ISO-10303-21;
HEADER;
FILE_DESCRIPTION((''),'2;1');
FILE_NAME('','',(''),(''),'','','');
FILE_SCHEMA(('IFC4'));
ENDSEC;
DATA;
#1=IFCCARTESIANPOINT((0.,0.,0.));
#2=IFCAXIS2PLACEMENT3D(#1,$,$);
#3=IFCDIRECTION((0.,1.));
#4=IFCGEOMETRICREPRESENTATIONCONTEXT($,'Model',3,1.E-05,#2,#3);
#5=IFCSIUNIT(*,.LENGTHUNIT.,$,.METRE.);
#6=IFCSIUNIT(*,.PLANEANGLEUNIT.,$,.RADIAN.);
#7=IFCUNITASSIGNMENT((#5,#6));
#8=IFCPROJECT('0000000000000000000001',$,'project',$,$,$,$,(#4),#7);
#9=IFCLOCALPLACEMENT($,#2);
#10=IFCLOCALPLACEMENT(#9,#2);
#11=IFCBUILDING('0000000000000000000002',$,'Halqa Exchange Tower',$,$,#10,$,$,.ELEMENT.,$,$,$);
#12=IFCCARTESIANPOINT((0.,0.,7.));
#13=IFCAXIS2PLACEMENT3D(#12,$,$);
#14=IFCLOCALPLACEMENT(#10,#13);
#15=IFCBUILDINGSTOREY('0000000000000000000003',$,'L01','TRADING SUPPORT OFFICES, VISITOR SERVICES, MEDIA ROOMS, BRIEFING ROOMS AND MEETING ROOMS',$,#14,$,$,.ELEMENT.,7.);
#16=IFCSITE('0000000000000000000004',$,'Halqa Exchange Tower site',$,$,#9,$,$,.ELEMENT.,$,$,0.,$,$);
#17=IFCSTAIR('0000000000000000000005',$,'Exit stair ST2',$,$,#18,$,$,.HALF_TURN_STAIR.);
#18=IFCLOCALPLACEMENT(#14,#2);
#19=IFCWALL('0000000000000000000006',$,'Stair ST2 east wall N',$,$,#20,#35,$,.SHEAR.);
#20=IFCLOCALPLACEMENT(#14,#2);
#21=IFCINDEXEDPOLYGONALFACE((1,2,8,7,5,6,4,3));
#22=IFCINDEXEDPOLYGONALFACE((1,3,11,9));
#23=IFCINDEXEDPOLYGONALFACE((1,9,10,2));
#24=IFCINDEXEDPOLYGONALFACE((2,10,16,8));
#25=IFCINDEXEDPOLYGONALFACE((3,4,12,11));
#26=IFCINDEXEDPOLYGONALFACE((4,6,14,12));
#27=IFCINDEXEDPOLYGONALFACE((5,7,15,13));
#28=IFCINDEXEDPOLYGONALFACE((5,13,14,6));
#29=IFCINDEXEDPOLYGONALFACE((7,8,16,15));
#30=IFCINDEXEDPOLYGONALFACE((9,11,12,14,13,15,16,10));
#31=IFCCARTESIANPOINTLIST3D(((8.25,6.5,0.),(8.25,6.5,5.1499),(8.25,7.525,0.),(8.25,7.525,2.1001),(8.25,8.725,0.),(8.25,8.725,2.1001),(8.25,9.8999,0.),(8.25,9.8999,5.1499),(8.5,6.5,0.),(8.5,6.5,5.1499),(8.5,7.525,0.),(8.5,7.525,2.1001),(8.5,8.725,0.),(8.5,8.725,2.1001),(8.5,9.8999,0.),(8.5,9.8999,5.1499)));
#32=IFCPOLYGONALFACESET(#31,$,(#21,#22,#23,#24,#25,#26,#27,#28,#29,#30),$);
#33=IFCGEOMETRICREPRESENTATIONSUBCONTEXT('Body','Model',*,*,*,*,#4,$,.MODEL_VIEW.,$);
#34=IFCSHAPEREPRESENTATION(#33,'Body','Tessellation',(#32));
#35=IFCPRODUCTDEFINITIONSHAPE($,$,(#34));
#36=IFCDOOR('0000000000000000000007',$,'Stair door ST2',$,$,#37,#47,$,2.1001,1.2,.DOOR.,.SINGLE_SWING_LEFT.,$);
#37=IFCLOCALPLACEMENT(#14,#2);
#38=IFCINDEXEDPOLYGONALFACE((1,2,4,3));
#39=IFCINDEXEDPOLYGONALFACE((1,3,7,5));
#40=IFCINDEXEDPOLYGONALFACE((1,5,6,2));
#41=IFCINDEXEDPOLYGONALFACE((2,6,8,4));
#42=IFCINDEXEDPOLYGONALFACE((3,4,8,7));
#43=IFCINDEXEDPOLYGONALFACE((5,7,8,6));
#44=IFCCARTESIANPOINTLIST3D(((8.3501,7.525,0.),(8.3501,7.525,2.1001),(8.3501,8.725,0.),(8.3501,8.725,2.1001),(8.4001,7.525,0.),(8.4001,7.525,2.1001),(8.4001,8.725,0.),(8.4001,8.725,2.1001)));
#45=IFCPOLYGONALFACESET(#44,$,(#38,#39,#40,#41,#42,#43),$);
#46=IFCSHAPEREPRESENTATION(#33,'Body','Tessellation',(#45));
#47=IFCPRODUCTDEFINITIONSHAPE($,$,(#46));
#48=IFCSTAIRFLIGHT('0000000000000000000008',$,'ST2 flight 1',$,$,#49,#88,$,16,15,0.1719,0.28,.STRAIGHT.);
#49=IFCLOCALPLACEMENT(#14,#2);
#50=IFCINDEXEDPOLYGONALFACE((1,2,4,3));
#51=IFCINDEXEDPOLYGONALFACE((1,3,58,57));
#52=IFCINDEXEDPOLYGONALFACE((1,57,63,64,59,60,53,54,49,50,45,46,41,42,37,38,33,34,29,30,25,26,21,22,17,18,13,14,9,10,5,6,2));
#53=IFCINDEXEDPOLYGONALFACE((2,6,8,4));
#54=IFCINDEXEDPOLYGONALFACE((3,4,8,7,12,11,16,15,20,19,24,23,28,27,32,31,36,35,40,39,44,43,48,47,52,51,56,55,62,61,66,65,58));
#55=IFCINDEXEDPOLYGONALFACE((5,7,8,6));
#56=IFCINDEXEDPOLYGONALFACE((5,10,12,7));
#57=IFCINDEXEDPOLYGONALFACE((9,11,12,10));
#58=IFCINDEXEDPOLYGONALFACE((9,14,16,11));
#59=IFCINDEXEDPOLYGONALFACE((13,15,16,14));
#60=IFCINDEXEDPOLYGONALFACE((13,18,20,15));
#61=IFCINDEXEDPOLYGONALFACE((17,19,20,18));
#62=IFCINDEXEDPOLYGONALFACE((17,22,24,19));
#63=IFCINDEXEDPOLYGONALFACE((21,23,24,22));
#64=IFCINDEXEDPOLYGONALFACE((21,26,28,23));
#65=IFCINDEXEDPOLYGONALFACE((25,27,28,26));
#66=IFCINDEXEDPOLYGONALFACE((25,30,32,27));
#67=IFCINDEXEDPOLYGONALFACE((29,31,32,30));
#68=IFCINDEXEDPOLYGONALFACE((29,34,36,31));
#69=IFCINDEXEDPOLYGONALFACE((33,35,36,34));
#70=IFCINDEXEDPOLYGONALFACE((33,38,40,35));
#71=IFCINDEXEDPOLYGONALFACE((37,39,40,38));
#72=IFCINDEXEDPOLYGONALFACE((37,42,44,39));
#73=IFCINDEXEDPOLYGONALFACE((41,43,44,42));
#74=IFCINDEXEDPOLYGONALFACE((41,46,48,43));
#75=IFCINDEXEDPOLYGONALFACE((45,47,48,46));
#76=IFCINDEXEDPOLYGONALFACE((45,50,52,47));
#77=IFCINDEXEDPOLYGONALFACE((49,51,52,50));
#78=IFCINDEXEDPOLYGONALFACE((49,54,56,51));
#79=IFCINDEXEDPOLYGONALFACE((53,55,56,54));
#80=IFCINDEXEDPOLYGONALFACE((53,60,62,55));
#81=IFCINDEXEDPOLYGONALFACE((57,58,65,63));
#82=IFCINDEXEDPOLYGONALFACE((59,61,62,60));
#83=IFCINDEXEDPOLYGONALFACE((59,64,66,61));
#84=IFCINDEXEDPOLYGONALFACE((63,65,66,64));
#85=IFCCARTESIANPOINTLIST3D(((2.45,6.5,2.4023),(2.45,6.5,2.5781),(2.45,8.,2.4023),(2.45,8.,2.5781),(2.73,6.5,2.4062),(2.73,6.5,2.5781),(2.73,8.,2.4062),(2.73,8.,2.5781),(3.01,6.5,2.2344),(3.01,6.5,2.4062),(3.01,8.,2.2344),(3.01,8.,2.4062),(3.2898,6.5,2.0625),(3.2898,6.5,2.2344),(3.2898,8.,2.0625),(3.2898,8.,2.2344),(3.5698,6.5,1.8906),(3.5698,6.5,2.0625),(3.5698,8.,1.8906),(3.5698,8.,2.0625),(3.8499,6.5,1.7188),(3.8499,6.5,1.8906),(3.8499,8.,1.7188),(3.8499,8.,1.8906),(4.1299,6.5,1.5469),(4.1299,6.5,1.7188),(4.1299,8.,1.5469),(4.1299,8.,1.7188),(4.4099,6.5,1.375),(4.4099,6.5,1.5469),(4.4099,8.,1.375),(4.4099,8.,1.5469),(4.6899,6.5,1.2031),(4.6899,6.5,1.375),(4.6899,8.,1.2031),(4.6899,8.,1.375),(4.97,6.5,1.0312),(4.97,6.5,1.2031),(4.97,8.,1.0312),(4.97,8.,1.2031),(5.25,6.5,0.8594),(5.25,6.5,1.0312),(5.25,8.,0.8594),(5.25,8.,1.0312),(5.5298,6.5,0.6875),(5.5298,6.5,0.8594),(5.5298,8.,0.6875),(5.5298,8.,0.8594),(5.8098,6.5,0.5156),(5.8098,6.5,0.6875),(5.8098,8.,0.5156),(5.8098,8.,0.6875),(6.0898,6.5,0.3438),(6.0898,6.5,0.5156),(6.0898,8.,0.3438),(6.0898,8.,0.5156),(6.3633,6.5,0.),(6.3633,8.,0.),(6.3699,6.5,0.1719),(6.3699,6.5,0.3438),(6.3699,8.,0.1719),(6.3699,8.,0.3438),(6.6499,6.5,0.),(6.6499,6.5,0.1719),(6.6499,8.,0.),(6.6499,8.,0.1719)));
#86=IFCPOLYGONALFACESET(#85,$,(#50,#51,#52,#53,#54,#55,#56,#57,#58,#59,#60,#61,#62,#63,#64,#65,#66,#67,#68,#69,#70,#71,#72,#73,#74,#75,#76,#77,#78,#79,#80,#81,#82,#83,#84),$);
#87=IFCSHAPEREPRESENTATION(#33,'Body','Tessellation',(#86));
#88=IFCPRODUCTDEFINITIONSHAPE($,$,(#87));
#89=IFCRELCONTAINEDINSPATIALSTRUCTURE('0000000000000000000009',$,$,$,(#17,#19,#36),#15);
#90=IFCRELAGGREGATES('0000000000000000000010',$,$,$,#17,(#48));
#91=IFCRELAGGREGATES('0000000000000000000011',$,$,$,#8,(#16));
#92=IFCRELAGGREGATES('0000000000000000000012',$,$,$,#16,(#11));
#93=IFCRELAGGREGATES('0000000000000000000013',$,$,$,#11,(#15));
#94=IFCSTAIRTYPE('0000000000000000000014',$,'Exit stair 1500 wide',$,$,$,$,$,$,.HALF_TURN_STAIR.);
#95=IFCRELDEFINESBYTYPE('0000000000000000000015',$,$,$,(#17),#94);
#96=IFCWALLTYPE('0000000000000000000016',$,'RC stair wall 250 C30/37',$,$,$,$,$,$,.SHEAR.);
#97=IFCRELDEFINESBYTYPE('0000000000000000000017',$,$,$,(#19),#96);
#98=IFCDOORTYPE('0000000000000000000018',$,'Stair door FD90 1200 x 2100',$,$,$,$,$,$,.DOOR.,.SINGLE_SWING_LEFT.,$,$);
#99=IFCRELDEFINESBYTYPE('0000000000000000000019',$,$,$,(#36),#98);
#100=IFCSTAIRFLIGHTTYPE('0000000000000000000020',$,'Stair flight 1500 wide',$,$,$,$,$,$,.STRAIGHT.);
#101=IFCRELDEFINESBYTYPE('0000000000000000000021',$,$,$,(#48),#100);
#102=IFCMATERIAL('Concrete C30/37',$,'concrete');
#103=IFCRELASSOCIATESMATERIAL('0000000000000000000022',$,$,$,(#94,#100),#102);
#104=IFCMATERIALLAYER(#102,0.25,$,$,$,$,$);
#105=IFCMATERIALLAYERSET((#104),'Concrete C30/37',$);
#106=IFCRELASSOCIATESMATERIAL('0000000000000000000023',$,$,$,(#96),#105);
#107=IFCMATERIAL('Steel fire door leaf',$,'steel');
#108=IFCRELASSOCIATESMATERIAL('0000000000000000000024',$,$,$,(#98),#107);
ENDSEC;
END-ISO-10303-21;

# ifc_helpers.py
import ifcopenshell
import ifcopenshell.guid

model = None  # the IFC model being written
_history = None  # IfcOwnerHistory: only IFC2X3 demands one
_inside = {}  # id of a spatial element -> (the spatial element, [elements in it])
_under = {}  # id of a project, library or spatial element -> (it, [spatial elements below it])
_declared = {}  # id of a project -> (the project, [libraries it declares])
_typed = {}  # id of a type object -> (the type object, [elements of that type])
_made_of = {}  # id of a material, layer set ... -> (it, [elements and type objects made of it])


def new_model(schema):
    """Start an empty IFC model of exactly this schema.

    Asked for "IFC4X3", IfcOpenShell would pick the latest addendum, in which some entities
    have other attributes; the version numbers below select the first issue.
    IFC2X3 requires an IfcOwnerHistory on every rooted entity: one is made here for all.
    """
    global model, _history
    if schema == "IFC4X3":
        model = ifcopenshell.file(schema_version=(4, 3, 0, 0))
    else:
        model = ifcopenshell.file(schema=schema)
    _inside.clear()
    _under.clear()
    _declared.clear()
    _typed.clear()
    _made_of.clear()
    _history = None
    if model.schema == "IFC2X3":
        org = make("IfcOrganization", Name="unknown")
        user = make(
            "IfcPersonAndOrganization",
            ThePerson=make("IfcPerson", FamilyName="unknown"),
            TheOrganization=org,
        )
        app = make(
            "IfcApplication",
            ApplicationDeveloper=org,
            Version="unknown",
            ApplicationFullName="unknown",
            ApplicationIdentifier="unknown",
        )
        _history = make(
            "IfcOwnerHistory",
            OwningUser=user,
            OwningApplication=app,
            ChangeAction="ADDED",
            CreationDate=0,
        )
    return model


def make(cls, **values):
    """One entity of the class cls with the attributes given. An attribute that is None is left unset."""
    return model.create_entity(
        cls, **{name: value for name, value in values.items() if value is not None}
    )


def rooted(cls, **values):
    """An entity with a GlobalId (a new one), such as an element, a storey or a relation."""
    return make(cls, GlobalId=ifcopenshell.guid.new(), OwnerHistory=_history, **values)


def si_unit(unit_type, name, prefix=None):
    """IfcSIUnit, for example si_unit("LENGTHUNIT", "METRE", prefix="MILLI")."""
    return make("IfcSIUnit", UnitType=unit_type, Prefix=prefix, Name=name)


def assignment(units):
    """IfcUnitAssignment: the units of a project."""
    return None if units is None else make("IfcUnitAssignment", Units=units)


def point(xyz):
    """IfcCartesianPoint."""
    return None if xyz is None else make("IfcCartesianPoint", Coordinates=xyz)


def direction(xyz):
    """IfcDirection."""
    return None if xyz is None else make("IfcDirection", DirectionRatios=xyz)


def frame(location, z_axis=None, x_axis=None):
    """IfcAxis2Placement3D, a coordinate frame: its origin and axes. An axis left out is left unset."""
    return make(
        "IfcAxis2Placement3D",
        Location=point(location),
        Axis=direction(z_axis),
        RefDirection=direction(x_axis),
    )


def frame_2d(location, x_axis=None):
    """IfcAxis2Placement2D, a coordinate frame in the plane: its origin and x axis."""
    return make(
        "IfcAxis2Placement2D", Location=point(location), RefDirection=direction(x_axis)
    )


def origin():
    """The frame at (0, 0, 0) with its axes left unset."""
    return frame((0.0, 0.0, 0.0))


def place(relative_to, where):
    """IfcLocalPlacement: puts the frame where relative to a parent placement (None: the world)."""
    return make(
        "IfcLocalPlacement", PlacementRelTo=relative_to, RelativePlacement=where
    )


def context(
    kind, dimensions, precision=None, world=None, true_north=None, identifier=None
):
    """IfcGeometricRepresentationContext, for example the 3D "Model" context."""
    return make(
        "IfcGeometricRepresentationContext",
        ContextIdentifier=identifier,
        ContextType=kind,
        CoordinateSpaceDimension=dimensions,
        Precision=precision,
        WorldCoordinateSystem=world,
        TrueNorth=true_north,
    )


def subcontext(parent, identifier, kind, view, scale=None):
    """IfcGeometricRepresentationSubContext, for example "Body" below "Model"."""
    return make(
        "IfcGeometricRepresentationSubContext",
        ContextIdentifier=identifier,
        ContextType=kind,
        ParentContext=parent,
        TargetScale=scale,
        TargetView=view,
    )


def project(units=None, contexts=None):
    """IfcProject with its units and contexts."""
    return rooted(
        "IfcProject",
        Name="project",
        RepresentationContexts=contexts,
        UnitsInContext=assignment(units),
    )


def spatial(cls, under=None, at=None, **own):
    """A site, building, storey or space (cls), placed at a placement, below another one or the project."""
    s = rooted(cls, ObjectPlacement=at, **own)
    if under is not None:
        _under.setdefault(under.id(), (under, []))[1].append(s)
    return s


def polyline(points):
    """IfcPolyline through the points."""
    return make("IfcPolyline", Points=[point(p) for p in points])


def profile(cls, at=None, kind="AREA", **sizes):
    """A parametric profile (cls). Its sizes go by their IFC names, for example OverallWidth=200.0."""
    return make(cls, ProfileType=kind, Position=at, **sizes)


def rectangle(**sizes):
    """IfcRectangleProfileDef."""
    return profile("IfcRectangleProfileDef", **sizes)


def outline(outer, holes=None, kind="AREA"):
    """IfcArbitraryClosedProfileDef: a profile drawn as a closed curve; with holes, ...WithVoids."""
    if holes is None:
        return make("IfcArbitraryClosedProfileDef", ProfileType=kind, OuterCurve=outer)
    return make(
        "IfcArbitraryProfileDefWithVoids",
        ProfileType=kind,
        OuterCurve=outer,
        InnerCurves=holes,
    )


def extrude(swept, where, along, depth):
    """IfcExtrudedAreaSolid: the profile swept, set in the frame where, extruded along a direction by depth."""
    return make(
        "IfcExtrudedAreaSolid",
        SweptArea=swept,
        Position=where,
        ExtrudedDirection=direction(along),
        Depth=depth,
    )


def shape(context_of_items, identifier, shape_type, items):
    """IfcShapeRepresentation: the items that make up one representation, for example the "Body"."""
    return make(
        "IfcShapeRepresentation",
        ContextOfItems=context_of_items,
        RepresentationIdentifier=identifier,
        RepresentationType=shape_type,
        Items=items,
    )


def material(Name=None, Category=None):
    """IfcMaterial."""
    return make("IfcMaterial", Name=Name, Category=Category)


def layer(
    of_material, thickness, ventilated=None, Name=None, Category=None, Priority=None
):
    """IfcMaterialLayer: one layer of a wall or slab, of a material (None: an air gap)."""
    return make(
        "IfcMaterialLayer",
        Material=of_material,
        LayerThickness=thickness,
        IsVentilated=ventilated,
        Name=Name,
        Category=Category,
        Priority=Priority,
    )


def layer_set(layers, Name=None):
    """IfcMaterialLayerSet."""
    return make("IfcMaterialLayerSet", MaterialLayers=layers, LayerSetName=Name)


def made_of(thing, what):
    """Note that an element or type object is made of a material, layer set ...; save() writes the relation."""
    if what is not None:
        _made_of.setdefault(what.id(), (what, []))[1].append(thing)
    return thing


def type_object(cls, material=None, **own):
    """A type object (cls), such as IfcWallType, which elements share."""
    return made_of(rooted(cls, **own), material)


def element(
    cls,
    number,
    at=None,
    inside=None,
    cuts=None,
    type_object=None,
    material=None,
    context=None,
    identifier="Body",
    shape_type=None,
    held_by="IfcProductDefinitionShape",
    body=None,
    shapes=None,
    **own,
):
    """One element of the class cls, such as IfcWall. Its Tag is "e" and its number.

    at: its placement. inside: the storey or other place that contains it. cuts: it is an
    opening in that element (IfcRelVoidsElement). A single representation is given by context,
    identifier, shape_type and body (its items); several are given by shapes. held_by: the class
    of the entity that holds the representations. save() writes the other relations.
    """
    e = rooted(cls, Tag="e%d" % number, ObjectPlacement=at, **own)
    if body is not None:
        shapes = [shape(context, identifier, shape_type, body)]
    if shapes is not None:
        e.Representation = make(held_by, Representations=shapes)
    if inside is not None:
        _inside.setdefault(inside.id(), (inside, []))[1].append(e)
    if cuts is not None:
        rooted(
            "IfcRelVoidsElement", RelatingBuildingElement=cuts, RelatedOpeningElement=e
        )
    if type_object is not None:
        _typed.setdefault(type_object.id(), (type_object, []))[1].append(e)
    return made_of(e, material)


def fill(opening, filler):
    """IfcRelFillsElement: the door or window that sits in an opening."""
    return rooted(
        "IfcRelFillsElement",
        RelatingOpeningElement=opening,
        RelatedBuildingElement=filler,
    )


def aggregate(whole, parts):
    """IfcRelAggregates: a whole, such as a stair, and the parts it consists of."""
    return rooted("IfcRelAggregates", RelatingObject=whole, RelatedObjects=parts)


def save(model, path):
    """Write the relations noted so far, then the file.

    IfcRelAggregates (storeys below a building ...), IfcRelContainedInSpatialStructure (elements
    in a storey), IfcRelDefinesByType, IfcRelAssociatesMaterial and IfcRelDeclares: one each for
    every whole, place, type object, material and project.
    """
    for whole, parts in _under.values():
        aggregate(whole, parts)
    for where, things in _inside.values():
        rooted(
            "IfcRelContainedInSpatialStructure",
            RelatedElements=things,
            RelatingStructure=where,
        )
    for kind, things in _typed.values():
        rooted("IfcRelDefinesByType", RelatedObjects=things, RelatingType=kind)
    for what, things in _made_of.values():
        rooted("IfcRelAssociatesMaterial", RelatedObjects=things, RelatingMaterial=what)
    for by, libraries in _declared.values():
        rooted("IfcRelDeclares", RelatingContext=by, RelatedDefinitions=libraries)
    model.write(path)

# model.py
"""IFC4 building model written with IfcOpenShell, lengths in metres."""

from ifc_helpers import new_model, si_unit, direction, frame, frame_2d, origin, place, context, subcontext, project, spatial, polyline, rectangle, outline, extrude, material, layer, layer_set, type_object, element, fill, aggregate, save


model = new_model("IFC4")

# Units and contexts
model_context = context("Model", 3, precision=1e-05, world=origin(), true_north=direction((0.0, 1.0)))
body_context = subcontext(model_context, "Body", "Model", "MODEL_VIEW")
ifc_project = project(units=[si_unit("LENGTHUNIT", "METRE"), si_unit("PLANEANGLEUNIT", "RADIAN")], contexts=[model_context])

# Site, building, storey
site_placement = place(None, origin())
site = spatial("IfcSite", under=ifc_project, at=site_placement, Name="Halqa Exchange Tower site", CompositionType="ELEMENT", RefElevation=0.0)
building_placement = place(site_placement, origin())
building = spatial("IfcBuilding", under=site, at=building_placement, Name="Halqa Exchange Tower", CompositionType="ELEMENT")
storey_placement = place(building_placement, frame((0.0, 0.0, 7.0)))
storey = spatial("IfcBuildingStorey", under=building, at=storey_placement, Name="L01", Description="TRADING SUPPORT OFFICES, VISITOR SERVICES, MEDIA ROOMS, BRIEFING ROOMS AND MEETING ROOMS", CompositionType="ELEMENT", Elevation=7.0)

# Stair
ifc_material_1 = material(Name="Concrete C30/37", Category="concrete")
stair_type_1 = type_object("IfcStairType", Name="Exit stair 1500 wide", PredefinedType="HALF_TURN_STAIR", material=ifc_material_1)
stair_1_placement = place(storey_placement, origin())
stair_1 = element("IfcStair", 1, at=stair_1_placement, inside=storey, type_object=stair_type_1, Name="Exit stair ST2", PredefinedType="HALF_TURN_STAIR")

# Shared definitions
ifc_layer_1 = layer(ifc_material_1, 0.25)
ifc_layer_set_1 = layer_set([ifc_layer_1], Name="Concrete C30/37")
wall_type_1 = type_object("IfcWallType", Name="RC stair wall 250 C30/37", PredefinedType="SHEAR", material=ifc_layer_set_1)

# Wall, opening, door
wall_1_placement = place(storey_placement, frame((8.375, 6.5, 0.0), z_axis=(0.0, 0.0, 1.0), x_axis=(0.0, 1.0, 0.0)))
wall_1 = element("IfcWall", 2, at=wall_1_placement, inside=storey, type_object=wall_type_1, Name="Stair ST2 east wall N", PredefinedType="SHEAR", context=body_context, shape_type="SweptSolid", body=[
    extrude(rectangle(XDim=3.3999, YDim=0.25, at=frame_2d((1.7, 0.0))), origin(), (0.0, 0.0, 1.0), 5.1499),
])
opening_placement = place(wall_1_placement, frame((1.0249, 0.0, 0.0)))
opening = element("IfcOpeningElement", 3, at=opening_placement, cuts=wall_1, PredefinedType="OPENING", context=body_context, shape_type="SweptSolid", body=[
    extrude(rectangle(XDim=1.2, YDim=2.1001, at=frame_2d((0.6001, 1.05))), frame((0.0, 0.137, 0.0), z_axis=(0.0, -1.0, 0.0), x_axis=(1.0, 0.0, 0.0)), (0.0, 0.0, 1.0), 0.2739),
])
ifc_material_2 = material(Name="Steel fire door leaf", Category="steel")
door_type = type_object("IfcDoorType", Name="Stair door FD90 1200 x 2100", OperationType="SINGLE_SWING_LEFT", PredefinedType="DOOR", material=ifc_material_2)
door_placement = place(opening_placement, origin())
door = element("IfcDoor", 4, at=door_placement, inside=storey, type_object=door_type, Name="Stair door ST2", OperationType="SINGLE_SWING_LEFT", OverallHeight=2.1001, OverallWidth=1.2, PredefinedType="DOOR", context=body_context, shape_type="SweptSolid", body=[
    extrude(rectangle(XDim=1.2, YDim=2.1001, at=frame_2d((0.6001, 1.05))), frame((0.0, 0.0249, 0.0), z_axis=(0.0, -1.0, 0.0), x_axis=(1.0, 0.0, 0.0)), (0.0, 0.0, 1.0), 0.05),
])
fill(opening, door)

# Stair flight
stair_flight_type = type_object("IfcStairFlightType", Name="Stair flight 1500 wide", PredefinedType="STRAIGHT", material=ifc_material_1)
stair_flight_placement = place(storey_placement, frame((6.6499, 7.25, 0.0), z_axis=(0.0, 0.0, 1.0), x_axis=(-1.0, 0.0, 0.0)))
stair_flight = element("IfcStairFlight", 5, at=stair_flight_placement, type_object=stair_flight_type, Name="ST2 flight 1", NumberOfRisers=16, NumberOfTreads=15, PredefinedType="STRAIGHT", RiserHeight=0.1719, TreadLength=0.28, context=body_context, shape_type="SweptSolid", body=[
    extrude(outline(polyline([(0.0, 0.0), (0.0, 0.1719), (0.28, 0.1719), (0.28, 0.3438), (0.5601, 0.3438), (0.5601, 0.5156), (0.8401, 0.5156), (0.8401, 0.6875), (1.1201, 0.6875), (1.1201, 0.8594), (1.3999, 0.8594), (1.3999, 1.0312), (1.6799, 1.0312), (1.6799, 1.2031), (1.96, 1.2031), (1.96, 1.375), (2.24, 1.375), (2.24, 1.5469), (2.52, 1.5469), (2.52, 1.7188), (2.8, 1.7188), (2.8, 1.8906), (3.0801, 1.8906), (3.0801, 2.0625), (3.3601, 2.0625), (3.3601, 2.2344), (3.6399, 2.2344), (3.6399, 2.4062), (3.9199, 2.4062), (3.9199, 2.5781), (4.2, 2.5781), (4.2, 2.75), (4.2, 2.4023), (0.2866, 0.0), (0.0, 0.0)])), frame((0.0, 0.75, 0.0), z_axis=(0.0, -1.0, 0.0), x_axis=(1.0, 0.0, 0.0)), (0.0, 0.0, 1.0), 1.5),
])
aggregate(stair_1, [stair_flight])

save(model, "model.ifc")
